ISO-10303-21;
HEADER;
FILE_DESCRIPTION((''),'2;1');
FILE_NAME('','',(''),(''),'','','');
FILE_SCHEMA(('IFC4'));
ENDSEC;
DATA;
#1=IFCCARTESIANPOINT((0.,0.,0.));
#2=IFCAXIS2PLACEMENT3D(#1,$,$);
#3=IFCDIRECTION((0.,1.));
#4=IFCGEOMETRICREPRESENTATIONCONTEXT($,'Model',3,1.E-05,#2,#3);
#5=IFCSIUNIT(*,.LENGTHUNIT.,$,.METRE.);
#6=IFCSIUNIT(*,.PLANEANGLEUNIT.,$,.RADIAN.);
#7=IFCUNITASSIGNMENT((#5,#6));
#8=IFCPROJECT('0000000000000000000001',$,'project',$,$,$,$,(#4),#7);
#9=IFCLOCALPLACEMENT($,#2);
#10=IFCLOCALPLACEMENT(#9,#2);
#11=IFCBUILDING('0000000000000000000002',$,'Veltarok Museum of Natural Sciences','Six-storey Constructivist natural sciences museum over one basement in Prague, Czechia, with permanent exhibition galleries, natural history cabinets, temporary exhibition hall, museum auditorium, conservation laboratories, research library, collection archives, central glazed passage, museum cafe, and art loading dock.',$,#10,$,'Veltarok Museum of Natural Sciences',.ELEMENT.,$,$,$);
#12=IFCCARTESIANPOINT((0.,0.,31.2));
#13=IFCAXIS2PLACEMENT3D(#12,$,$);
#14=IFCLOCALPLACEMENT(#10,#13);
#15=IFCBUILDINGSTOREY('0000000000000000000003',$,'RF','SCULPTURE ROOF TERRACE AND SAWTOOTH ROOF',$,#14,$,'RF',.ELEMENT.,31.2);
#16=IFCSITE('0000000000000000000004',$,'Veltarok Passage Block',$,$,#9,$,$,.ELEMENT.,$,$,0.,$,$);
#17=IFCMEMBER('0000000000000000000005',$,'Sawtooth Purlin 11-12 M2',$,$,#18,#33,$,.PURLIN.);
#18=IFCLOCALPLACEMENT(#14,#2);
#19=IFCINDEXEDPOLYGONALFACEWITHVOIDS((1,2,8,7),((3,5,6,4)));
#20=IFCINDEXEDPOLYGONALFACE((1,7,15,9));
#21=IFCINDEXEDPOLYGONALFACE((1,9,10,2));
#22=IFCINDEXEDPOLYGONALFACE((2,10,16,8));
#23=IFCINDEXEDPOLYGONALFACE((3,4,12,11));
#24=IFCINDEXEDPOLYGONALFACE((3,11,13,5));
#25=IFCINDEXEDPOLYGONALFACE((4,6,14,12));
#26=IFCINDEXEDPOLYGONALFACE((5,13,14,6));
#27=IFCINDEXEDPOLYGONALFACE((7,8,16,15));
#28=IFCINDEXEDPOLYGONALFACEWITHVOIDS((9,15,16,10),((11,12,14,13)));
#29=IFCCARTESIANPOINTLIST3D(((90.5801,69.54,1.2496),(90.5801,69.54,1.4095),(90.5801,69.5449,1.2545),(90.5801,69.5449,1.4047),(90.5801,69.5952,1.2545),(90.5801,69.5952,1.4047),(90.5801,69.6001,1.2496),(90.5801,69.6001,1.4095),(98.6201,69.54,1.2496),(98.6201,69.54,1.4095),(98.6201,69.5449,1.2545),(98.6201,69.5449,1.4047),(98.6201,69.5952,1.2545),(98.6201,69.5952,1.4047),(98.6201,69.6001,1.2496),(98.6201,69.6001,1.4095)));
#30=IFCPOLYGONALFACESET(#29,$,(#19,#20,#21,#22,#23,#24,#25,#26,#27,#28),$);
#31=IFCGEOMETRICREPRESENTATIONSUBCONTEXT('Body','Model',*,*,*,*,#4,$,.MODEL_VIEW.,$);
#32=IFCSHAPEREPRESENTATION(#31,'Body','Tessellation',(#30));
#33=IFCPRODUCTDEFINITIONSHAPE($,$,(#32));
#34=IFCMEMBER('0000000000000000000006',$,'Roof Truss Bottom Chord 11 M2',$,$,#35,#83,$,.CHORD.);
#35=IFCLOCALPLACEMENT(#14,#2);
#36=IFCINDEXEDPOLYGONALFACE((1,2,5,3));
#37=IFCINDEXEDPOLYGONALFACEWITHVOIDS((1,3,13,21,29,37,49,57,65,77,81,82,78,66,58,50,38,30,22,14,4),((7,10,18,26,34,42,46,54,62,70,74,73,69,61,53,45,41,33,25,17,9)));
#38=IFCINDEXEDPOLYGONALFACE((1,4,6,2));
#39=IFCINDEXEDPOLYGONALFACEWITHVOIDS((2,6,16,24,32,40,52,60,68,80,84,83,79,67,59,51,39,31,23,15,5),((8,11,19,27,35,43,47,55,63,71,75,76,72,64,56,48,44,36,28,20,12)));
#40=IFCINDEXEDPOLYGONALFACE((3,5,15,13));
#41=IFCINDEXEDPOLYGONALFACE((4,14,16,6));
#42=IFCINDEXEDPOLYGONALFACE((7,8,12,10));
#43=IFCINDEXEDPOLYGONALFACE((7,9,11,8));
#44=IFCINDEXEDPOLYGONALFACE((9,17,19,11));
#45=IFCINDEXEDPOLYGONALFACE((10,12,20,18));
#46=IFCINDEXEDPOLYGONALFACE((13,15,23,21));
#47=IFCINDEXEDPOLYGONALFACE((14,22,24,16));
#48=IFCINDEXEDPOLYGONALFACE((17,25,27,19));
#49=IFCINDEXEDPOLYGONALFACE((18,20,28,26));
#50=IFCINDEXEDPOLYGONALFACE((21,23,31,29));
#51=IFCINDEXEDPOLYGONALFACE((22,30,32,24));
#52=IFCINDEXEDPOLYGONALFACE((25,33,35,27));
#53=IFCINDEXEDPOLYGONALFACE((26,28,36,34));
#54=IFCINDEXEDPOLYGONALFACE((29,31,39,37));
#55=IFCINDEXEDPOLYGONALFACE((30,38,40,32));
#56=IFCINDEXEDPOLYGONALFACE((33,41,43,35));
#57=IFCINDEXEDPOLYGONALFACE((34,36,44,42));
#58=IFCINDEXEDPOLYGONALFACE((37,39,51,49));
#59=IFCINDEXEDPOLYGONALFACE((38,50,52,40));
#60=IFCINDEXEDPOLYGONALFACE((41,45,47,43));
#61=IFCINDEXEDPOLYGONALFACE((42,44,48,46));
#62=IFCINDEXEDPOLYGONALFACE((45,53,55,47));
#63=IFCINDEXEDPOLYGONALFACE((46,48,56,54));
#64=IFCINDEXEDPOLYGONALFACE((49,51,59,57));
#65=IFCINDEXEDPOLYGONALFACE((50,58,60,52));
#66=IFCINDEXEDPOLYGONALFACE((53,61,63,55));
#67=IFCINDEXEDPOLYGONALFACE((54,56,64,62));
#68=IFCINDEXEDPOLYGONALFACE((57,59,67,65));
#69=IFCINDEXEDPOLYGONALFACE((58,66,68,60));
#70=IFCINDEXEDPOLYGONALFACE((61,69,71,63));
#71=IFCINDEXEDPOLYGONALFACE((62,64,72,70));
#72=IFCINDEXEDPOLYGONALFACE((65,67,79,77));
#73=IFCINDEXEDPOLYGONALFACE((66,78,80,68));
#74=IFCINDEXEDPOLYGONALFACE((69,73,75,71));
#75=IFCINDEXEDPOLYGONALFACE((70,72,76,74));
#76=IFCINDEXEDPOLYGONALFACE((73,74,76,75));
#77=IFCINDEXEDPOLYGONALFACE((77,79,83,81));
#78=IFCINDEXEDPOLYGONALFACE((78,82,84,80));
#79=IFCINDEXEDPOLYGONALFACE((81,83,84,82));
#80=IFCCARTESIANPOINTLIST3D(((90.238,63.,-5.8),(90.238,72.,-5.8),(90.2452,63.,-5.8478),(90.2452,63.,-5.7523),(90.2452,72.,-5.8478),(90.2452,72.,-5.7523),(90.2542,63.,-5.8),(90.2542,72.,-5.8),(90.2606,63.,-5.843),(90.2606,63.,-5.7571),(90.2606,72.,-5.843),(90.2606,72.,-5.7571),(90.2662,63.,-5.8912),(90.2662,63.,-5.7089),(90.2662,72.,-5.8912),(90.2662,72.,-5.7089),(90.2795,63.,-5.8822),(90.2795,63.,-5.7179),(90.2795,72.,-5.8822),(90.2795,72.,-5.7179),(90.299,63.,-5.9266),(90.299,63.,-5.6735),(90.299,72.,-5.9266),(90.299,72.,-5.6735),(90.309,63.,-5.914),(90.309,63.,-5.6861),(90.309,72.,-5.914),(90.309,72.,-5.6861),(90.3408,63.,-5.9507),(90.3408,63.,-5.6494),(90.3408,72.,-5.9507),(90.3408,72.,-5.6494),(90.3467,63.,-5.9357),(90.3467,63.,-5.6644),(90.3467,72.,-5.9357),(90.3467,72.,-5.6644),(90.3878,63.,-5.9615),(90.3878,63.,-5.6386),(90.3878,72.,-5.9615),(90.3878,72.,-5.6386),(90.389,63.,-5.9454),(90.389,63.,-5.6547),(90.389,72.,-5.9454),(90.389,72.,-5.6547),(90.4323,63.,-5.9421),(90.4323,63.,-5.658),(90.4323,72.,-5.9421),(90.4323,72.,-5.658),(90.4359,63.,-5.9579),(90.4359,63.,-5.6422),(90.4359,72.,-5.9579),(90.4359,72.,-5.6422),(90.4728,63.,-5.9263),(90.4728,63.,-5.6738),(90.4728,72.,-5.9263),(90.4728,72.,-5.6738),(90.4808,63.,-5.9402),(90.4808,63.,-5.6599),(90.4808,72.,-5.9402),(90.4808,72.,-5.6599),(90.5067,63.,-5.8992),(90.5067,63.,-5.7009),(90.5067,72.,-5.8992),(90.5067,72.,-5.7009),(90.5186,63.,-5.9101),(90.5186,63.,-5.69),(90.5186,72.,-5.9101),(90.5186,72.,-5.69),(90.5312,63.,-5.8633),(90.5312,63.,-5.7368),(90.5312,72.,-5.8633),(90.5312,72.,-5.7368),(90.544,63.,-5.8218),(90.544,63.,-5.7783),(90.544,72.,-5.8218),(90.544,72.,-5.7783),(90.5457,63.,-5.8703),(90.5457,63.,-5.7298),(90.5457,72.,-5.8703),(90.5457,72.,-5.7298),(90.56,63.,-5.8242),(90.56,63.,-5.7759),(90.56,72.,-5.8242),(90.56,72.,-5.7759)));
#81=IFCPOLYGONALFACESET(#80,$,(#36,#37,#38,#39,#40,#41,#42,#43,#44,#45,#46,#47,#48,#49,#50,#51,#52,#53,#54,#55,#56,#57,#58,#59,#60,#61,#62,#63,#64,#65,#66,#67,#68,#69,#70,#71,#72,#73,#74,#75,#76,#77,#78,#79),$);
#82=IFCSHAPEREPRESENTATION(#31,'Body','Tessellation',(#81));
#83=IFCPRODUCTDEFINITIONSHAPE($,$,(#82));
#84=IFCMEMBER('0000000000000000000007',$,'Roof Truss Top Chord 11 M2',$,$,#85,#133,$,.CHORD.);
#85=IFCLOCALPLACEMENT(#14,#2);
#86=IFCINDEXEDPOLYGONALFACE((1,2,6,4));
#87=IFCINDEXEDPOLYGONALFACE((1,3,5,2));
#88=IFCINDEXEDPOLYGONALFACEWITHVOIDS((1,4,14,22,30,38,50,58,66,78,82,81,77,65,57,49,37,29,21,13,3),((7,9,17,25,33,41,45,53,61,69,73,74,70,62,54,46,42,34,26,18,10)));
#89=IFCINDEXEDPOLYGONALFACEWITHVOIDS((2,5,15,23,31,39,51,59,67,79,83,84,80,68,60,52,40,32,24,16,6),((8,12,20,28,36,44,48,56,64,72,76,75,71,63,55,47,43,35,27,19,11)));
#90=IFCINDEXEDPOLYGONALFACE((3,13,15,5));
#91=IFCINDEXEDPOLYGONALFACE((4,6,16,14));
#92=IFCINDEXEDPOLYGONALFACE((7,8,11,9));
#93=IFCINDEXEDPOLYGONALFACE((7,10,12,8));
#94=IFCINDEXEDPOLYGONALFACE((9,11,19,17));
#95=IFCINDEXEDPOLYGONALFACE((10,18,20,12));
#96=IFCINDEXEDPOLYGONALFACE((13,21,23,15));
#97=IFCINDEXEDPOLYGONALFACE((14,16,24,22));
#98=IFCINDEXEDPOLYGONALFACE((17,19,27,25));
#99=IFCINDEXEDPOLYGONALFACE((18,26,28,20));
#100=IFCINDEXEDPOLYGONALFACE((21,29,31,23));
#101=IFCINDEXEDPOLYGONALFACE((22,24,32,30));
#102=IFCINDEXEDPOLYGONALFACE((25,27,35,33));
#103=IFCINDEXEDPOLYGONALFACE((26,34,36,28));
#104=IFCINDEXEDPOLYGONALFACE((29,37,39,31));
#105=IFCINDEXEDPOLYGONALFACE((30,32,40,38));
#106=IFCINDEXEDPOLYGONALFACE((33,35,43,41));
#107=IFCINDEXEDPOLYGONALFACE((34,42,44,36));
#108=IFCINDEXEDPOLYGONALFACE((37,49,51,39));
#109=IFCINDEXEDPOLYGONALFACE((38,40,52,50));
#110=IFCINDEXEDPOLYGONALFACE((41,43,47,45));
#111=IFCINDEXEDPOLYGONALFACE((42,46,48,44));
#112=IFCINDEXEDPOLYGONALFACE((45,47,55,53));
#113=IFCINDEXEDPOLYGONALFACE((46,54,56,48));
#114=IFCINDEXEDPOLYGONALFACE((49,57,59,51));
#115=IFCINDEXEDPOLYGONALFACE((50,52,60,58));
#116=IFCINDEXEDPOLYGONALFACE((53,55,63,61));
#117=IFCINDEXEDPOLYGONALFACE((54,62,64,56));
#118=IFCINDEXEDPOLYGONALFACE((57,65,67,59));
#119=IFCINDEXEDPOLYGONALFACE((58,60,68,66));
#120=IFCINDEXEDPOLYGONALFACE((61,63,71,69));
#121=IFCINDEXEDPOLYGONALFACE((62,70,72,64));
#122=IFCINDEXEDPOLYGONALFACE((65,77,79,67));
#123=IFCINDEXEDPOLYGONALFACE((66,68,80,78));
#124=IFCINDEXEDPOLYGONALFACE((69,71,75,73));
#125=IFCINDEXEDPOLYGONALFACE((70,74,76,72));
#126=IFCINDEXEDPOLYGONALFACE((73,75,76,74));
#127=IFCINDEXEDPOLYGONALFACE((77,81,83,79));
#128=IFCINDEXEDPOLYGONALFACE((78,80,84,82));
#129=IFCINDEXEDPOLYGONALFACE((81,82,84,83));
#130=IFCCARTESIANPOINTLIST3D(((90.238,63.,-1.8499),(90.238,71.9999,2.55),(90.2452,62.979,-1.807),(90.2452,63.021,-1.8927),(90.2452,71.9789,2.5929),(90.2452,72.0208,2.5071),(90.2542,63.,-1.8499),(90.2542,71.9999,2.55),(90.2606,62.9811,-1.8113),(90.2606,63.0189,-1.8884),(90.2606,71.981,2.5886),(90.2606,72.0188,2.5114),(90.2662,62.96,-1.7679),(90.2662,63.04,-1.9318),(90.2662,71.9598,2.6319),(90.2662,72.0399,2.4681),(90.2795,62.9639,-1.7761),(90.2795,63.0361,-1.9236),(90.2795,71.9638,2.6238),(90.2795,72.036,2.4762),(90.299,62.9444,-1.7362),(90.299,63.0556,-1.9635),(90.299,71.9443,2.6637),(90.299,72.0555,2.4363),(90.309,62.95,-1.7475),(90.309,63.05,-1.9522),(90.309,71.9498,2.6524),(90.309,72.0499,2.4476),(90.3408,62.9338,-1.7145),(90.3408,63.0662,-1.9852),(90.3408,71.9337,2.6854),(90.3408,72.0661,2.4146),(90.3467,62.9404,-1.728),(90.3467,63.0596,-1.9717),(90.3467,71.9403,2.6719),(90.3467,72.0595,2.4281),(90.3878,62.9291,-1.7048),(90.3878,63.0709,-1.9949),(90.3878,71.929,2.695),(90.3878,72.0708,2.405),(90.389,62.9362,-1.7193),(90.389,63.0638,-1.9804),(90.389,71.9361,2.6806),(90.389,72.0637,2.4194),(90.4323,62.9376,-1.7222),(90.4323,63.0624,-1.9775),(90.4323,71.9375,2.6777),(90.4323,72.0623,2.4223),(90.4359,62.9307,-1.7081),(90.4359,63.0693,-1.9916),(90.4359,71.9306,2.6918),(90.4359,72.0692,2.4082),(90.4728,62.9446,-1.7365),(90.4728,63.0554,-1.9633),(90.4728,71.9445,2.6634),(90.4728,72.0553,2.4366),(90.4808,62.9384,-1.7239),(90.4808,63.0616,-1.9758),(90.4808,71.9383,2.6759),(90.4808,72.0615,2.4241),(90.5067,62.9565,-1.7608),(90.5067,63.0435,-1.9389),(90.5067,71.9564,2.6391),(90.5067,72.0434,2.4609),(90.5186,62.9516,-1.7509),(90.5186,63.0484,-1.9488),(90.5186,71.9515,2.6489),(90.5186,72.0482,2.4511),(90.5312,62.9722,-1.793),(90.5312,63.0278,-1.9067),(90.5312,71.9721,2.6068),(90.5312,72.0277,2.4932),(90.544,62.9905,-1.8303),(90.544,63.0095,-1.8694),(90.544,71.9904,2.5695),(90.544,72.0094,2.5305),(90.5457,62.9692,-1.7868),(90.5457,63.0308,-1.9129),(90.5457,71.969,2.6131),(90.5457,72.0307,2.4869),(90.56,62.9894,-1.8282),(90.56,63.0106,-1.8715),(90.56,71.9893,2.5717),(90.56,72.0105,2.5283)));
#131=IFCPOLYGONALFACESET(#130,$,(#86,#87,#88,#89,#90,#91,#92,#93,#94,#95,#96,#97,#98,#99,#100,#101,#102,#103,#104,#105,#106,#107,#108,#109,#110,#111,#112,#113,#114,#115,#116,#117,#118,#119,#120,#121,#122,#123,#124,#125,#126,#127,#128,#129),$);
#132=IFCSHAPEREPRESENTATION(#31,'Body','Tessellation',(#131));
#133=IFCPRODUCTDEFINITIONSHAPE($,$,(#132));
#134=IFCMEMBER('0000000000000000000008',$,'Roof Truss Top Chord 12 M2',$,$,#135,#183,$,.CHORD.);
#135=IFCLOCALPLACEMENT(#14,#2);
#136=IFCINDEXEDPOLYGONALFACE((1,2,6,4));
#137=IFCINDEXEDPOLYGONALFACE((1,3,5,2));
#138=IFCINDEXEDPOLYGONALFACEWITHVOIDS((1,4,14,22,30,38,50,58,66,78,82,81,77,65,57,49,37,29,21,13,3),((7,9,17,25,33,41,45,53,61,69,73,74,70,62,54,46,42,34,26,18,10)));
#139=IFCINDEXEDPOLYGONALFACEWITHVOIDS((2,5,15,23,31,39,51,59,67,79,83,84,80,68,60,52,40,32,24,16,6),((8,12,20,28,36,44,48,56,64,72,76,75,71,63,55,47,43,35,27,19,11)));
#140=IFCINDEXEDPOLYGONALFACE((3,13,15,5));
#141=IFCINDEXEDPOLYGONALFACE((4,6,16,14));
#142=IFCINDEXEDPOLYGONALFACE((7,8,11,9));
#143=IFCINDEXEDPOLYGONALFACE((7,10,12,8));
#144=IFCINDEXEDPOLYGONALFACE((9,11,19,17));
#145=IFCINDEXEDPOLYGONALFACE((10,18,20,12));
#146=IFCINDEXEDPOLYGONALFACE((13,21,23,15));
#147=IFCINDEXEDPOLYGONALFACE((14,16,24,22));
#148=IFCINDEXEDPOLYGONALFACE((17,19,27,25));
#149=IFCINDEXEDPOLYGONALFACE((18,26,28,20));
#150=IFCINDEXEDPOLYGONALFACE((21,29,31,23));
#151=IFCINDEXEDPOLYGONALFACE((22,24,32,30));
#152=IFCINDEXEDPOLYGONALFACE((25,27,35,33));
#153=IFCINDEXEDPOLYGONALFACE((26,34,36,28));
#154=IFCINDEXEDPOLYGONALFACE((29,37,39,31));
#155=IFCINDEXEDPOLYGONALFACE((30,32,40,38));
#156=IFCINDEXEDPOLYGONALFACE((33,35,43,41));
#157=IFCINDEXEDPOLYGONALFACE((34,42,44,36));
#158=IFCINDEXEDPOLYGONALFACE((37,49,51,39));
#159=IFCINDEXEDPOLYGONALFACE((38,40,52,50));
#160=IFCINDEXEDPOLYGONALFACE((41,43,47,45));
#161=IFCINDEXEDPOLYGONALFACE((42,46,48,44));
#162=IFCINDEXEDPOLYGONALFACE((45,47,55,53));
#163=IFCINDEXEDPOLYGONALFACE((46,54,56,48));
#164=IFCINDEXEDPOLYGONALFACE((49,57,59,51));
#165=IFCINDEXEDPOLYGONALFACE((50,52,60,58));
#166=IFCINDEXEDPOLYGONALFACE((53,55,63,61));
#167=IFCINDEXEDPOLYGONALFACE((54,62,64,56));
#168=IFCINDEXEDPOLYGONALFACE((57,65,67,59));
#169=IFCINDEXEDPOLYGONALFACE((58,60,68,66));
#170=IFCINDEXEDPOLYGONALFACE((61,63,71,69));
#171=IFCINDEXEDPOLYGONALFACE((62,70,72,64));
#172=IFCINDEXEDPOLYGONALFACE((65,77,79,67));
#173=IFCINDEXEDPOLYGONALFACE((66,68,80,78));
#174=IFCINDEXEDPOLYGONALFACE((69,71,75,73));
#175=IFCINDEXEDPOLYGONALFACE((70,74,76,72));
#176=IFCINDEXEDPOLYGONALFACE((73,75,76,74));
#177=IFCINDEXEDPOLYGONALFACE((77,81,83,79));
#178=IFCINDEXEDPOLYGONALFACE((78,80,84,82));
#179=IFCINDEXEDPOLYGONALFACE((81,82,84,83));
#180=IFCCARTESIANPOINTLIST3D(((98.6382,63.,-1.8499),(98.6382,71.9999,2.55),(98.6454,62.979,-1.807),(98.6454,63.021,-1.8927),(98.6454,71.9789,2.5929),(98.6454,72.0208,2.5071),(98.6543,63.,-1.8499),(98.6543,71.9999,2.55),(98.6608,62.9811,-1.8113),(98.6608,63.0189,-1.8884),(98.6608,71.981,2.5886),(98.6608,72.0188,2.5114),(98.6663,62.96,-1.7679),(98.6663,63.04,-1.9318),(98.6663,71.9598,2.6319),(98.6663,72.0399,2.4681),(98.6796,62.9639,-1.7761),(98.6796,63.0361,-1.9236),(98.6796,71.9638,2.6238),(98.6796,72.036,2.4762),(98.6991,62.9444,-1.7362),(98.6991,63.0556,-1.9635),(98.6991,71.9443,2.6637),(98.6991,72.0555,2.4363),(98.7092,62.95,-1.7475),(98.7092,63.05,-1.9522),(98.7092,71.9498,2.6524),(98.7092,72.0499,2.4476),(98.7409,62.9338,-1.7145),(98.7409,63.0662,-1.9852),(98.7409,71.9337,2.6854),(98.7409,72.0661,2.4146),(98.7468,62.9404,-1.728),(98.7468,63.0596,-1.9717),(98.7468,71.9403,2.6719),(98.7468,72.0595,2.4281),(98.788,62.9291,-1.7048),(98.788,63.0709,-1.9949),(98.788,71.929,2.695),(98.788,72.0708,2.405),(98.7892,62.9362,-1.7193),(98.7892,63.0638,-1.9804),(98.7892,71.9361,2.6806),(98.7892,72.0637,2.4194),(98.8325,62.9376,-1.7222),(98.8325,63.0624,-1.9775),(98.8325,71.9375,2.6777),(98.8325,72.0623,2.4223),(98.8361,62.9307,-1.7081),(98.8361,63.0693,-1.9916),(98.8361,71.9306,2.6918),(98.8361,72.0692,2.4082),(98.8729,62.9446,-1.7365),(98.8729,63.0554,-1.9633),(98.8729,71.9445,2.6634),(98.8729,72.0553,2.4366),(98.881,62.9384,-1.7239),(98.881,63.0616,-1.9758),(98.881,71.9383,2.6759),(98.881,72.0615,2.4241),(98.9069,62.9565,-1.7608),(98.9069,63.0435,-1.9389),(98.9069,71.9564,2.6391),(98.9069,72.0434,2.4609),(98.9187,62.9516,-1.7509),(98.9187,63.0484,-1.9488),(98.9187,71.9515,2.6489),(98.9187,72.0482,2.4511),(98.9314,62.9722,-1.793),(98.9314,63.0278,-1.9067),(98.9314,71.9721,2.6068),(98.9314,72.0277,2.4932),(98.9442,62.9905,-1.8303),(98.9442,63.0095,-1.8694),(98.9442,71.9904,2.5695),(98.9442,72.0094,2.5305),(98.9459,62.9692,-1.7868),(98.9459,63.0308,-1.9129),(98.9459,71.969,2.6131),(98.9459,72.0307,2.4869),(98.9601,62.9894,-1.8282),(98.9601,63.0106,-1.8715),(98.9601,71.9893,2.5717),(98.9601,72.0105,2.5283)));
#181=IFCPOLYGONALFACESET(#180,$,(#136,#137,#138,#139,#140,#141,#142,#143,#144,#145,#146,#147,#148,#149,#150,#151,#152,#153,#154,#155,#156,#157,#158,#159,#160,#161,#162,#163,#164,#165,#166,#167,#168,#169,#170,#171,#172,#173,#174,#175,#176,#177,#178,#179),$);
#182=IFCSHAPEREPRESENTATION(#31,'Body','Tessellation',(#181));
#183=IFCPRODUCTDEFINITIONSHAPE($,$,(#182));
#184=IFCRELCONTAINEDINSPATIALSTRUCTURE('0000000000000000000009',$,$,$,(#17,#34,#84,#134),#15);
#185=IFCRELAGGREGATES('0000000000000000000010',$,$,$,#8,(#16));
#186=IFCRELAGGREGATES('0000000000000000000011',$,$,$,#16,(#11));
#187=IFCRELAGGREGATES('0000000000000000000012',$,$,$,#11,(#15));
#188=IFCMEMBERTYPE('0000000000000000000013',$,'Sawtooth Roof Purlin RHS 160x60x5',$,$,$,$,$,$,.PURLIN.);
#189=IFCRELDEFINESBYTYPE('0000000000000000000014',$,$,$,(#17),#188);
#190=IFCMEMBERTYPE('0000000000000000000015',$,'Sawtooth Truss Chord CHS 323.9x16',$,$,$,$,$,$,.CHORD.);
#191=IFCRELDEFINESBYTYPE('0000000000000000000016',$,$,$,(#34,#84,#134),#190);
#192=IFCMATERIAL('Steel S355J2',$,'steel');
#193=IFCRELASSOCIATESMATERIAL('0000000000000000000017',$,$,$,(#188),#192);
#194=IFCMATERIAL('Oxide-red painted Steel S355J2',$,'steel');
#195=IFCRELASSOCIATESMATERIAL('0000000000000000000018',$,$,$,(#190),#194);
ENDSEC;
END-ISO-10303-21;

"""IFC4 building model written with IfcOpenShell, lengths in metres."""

from ifc_helpers import new_model, si_unit, direction, frame, origin, origin_2d, place, context, subcontext, project, spatial, hollow_rectangle, hollow_circle, extrude, material, material_profile, profile_set, type_object, element, save


model = new_model("IFC4")

# Units and contexts
model_context = context("Model", 3, precision=1e-05, world=origin(), true_north=direction((0.0, 1.0)))
body_context = subcontext(model_context, "Body", "Model", "MODEL_VIEW")
ifc_project = project(units=[si_unit("LENGTHUNIT", "METRE"), si_unit("PLANEANGLEUNIT", "RADIAN")], contexts=[model_context])

# Site, building, storey
site_placement = place(None, origin())
site = spatial("IfcSite", under=ifc_project, at=site_placement, Name="Veltarok Passage Block", CompositionType="ELEMENT", RefElevation=0.0)
building_placement = place(site_placement, origin())
building = spatial("IfcBuilding", under=site, at=building_placement, Name="Veltarok Museum of Natural Sciences", Description="Six-storey Constructivist natural sciences museum over one basement in Prague, Czechia, with permanent exhibition galleries, natural history cabinets, temporary exhibition hall, museum auditorium, conservation laboratories, research library, collection archives, central glazed passage, museum cafe, and art loading dock.", LongName="Veltarok Museum of Natural Sciences", CompositionType="ELEMENT")
storey_placement = place(building_placement, frame((0.0, 0.0, 31.2)))
storey = spatial("IfcBuildingStorey", under=building, at=storey_placement, Name="RF", Description="SCULPTURE ROOF TERRACE AND SAWTOOTH ROOF", LongName="RF", CompositionType="ELEMENT", Elevation=31.2)

# Members
ifc_material_1 = material(Name="Oxide-red painted Steel S355J2", Category="steel")
ifc_material_2 = material(Name="Steel S355J2", Category="steel")
ifc_material_profile_1 = material_profile(ifc_material_2, hollow_rectangle(XDim=0.0601, YDim=0.1599, WallThickness=0.0049, at=origin_2d()), Name="RHS 160x60x5")
ifc_profile_set_1 = profile_set([ifc_material_profile_1], Name="Steel S355J2")
member_type_1 = type_object("IfcMemberType", Name="Sawtooth Roof Purlin RHS 160x60x5", PredefinedType="PURLIN", material=ifc_profile_set_1)
for number, where, z_axis, x_axis, name in (
    (1, (90.5801, 69.5701, 1.3296), (1.0, 0.0, 0.0), (0.0, 1.0, 0.0), "Sawtooth Purlin 11-12 M2"),
):
    element("IfcMember", number, at=place(storey_placement, frame(where, z_axis=z_axis, x_axis=x_axis)), inside=storey, type_object=member_type_1, Name=name, PredefinedType="PURLIN", context=body_context, shape_type="SweptSolid", body=[
        extrude(hollow_rectangle(XDim=0.0601, YDim=0.1599, WallThickness=0.0049, at=origin_2d()), origin(), (0.0, 0.0, 1.0), 8.04),
    ])
ifc_material_profile_2 = material_profile(ifc_material_1, hollow_circle(Radius=0.1619, WallThickness=0.0161, at=origin_2d()), Name="CHS 323.9x16")
ifc_profile_set_2 = profile_set([ifc_material_profile_2], Name="Oxide-red painted Steel S355J2")
member_type_2 = type_object("IfcMemberType", Name="Sawtooth Truss Chord CHS 323.9x16", PredefinedType="CHORD", material=ifc_profile_set_2)
member_1_placement = place(storey_placement, frame((90.3999, 63.0, -5.8), z_axis=(0.0, 1.0, 0.0), x_axis=(-1.0, 0.0, 0.0)))
element("IfcMember", 2, at=member_1_placement, inside=storey, type_object=member_type_2, Name="Roof Truss Bottom Chord 11 M2", PredefinedType="CHORD", context=body_context, shape_type="SweptSolid", body=[
    extrude(hollow_circle(Radius=0.1619, WallThickness=0.0161, at=origin_2d()), origin(), (0.0, 0.0, 1.0), 9.0),
])
for number, where, z_axis, x_axis, name in (
    (3, (90.3999, 63.0, -1.8499), (0.0, 0.898388, 0.439202), (-1.0, 0.0, 0.0), "Roof Truss Top Chord 11 M2"),
    (4, (98.8, 63.0, -1.8499), (0.0, 0.898388, 0.439202), (-1.0, 0.0, 0.0), "Roof Truss Top Chord 12 M2"),
):
    element("IfcMember", number, at=place(storey_placement, frame(where, z_axis=z_axis, x_axis=x_axis)), inside=storey, type_object=member_type_2, Name=name, PredefinedType="CHORD", context=body_context, shape_type="SweptSolid", body=[
        extrude(hollow_circle(Radius=0.1619, WallThickness=0.0161, at=origin_2d()), origin(), (0.0, 0.0, 1.0), 10.0178),
    ])

save(model, "model.ifc")
